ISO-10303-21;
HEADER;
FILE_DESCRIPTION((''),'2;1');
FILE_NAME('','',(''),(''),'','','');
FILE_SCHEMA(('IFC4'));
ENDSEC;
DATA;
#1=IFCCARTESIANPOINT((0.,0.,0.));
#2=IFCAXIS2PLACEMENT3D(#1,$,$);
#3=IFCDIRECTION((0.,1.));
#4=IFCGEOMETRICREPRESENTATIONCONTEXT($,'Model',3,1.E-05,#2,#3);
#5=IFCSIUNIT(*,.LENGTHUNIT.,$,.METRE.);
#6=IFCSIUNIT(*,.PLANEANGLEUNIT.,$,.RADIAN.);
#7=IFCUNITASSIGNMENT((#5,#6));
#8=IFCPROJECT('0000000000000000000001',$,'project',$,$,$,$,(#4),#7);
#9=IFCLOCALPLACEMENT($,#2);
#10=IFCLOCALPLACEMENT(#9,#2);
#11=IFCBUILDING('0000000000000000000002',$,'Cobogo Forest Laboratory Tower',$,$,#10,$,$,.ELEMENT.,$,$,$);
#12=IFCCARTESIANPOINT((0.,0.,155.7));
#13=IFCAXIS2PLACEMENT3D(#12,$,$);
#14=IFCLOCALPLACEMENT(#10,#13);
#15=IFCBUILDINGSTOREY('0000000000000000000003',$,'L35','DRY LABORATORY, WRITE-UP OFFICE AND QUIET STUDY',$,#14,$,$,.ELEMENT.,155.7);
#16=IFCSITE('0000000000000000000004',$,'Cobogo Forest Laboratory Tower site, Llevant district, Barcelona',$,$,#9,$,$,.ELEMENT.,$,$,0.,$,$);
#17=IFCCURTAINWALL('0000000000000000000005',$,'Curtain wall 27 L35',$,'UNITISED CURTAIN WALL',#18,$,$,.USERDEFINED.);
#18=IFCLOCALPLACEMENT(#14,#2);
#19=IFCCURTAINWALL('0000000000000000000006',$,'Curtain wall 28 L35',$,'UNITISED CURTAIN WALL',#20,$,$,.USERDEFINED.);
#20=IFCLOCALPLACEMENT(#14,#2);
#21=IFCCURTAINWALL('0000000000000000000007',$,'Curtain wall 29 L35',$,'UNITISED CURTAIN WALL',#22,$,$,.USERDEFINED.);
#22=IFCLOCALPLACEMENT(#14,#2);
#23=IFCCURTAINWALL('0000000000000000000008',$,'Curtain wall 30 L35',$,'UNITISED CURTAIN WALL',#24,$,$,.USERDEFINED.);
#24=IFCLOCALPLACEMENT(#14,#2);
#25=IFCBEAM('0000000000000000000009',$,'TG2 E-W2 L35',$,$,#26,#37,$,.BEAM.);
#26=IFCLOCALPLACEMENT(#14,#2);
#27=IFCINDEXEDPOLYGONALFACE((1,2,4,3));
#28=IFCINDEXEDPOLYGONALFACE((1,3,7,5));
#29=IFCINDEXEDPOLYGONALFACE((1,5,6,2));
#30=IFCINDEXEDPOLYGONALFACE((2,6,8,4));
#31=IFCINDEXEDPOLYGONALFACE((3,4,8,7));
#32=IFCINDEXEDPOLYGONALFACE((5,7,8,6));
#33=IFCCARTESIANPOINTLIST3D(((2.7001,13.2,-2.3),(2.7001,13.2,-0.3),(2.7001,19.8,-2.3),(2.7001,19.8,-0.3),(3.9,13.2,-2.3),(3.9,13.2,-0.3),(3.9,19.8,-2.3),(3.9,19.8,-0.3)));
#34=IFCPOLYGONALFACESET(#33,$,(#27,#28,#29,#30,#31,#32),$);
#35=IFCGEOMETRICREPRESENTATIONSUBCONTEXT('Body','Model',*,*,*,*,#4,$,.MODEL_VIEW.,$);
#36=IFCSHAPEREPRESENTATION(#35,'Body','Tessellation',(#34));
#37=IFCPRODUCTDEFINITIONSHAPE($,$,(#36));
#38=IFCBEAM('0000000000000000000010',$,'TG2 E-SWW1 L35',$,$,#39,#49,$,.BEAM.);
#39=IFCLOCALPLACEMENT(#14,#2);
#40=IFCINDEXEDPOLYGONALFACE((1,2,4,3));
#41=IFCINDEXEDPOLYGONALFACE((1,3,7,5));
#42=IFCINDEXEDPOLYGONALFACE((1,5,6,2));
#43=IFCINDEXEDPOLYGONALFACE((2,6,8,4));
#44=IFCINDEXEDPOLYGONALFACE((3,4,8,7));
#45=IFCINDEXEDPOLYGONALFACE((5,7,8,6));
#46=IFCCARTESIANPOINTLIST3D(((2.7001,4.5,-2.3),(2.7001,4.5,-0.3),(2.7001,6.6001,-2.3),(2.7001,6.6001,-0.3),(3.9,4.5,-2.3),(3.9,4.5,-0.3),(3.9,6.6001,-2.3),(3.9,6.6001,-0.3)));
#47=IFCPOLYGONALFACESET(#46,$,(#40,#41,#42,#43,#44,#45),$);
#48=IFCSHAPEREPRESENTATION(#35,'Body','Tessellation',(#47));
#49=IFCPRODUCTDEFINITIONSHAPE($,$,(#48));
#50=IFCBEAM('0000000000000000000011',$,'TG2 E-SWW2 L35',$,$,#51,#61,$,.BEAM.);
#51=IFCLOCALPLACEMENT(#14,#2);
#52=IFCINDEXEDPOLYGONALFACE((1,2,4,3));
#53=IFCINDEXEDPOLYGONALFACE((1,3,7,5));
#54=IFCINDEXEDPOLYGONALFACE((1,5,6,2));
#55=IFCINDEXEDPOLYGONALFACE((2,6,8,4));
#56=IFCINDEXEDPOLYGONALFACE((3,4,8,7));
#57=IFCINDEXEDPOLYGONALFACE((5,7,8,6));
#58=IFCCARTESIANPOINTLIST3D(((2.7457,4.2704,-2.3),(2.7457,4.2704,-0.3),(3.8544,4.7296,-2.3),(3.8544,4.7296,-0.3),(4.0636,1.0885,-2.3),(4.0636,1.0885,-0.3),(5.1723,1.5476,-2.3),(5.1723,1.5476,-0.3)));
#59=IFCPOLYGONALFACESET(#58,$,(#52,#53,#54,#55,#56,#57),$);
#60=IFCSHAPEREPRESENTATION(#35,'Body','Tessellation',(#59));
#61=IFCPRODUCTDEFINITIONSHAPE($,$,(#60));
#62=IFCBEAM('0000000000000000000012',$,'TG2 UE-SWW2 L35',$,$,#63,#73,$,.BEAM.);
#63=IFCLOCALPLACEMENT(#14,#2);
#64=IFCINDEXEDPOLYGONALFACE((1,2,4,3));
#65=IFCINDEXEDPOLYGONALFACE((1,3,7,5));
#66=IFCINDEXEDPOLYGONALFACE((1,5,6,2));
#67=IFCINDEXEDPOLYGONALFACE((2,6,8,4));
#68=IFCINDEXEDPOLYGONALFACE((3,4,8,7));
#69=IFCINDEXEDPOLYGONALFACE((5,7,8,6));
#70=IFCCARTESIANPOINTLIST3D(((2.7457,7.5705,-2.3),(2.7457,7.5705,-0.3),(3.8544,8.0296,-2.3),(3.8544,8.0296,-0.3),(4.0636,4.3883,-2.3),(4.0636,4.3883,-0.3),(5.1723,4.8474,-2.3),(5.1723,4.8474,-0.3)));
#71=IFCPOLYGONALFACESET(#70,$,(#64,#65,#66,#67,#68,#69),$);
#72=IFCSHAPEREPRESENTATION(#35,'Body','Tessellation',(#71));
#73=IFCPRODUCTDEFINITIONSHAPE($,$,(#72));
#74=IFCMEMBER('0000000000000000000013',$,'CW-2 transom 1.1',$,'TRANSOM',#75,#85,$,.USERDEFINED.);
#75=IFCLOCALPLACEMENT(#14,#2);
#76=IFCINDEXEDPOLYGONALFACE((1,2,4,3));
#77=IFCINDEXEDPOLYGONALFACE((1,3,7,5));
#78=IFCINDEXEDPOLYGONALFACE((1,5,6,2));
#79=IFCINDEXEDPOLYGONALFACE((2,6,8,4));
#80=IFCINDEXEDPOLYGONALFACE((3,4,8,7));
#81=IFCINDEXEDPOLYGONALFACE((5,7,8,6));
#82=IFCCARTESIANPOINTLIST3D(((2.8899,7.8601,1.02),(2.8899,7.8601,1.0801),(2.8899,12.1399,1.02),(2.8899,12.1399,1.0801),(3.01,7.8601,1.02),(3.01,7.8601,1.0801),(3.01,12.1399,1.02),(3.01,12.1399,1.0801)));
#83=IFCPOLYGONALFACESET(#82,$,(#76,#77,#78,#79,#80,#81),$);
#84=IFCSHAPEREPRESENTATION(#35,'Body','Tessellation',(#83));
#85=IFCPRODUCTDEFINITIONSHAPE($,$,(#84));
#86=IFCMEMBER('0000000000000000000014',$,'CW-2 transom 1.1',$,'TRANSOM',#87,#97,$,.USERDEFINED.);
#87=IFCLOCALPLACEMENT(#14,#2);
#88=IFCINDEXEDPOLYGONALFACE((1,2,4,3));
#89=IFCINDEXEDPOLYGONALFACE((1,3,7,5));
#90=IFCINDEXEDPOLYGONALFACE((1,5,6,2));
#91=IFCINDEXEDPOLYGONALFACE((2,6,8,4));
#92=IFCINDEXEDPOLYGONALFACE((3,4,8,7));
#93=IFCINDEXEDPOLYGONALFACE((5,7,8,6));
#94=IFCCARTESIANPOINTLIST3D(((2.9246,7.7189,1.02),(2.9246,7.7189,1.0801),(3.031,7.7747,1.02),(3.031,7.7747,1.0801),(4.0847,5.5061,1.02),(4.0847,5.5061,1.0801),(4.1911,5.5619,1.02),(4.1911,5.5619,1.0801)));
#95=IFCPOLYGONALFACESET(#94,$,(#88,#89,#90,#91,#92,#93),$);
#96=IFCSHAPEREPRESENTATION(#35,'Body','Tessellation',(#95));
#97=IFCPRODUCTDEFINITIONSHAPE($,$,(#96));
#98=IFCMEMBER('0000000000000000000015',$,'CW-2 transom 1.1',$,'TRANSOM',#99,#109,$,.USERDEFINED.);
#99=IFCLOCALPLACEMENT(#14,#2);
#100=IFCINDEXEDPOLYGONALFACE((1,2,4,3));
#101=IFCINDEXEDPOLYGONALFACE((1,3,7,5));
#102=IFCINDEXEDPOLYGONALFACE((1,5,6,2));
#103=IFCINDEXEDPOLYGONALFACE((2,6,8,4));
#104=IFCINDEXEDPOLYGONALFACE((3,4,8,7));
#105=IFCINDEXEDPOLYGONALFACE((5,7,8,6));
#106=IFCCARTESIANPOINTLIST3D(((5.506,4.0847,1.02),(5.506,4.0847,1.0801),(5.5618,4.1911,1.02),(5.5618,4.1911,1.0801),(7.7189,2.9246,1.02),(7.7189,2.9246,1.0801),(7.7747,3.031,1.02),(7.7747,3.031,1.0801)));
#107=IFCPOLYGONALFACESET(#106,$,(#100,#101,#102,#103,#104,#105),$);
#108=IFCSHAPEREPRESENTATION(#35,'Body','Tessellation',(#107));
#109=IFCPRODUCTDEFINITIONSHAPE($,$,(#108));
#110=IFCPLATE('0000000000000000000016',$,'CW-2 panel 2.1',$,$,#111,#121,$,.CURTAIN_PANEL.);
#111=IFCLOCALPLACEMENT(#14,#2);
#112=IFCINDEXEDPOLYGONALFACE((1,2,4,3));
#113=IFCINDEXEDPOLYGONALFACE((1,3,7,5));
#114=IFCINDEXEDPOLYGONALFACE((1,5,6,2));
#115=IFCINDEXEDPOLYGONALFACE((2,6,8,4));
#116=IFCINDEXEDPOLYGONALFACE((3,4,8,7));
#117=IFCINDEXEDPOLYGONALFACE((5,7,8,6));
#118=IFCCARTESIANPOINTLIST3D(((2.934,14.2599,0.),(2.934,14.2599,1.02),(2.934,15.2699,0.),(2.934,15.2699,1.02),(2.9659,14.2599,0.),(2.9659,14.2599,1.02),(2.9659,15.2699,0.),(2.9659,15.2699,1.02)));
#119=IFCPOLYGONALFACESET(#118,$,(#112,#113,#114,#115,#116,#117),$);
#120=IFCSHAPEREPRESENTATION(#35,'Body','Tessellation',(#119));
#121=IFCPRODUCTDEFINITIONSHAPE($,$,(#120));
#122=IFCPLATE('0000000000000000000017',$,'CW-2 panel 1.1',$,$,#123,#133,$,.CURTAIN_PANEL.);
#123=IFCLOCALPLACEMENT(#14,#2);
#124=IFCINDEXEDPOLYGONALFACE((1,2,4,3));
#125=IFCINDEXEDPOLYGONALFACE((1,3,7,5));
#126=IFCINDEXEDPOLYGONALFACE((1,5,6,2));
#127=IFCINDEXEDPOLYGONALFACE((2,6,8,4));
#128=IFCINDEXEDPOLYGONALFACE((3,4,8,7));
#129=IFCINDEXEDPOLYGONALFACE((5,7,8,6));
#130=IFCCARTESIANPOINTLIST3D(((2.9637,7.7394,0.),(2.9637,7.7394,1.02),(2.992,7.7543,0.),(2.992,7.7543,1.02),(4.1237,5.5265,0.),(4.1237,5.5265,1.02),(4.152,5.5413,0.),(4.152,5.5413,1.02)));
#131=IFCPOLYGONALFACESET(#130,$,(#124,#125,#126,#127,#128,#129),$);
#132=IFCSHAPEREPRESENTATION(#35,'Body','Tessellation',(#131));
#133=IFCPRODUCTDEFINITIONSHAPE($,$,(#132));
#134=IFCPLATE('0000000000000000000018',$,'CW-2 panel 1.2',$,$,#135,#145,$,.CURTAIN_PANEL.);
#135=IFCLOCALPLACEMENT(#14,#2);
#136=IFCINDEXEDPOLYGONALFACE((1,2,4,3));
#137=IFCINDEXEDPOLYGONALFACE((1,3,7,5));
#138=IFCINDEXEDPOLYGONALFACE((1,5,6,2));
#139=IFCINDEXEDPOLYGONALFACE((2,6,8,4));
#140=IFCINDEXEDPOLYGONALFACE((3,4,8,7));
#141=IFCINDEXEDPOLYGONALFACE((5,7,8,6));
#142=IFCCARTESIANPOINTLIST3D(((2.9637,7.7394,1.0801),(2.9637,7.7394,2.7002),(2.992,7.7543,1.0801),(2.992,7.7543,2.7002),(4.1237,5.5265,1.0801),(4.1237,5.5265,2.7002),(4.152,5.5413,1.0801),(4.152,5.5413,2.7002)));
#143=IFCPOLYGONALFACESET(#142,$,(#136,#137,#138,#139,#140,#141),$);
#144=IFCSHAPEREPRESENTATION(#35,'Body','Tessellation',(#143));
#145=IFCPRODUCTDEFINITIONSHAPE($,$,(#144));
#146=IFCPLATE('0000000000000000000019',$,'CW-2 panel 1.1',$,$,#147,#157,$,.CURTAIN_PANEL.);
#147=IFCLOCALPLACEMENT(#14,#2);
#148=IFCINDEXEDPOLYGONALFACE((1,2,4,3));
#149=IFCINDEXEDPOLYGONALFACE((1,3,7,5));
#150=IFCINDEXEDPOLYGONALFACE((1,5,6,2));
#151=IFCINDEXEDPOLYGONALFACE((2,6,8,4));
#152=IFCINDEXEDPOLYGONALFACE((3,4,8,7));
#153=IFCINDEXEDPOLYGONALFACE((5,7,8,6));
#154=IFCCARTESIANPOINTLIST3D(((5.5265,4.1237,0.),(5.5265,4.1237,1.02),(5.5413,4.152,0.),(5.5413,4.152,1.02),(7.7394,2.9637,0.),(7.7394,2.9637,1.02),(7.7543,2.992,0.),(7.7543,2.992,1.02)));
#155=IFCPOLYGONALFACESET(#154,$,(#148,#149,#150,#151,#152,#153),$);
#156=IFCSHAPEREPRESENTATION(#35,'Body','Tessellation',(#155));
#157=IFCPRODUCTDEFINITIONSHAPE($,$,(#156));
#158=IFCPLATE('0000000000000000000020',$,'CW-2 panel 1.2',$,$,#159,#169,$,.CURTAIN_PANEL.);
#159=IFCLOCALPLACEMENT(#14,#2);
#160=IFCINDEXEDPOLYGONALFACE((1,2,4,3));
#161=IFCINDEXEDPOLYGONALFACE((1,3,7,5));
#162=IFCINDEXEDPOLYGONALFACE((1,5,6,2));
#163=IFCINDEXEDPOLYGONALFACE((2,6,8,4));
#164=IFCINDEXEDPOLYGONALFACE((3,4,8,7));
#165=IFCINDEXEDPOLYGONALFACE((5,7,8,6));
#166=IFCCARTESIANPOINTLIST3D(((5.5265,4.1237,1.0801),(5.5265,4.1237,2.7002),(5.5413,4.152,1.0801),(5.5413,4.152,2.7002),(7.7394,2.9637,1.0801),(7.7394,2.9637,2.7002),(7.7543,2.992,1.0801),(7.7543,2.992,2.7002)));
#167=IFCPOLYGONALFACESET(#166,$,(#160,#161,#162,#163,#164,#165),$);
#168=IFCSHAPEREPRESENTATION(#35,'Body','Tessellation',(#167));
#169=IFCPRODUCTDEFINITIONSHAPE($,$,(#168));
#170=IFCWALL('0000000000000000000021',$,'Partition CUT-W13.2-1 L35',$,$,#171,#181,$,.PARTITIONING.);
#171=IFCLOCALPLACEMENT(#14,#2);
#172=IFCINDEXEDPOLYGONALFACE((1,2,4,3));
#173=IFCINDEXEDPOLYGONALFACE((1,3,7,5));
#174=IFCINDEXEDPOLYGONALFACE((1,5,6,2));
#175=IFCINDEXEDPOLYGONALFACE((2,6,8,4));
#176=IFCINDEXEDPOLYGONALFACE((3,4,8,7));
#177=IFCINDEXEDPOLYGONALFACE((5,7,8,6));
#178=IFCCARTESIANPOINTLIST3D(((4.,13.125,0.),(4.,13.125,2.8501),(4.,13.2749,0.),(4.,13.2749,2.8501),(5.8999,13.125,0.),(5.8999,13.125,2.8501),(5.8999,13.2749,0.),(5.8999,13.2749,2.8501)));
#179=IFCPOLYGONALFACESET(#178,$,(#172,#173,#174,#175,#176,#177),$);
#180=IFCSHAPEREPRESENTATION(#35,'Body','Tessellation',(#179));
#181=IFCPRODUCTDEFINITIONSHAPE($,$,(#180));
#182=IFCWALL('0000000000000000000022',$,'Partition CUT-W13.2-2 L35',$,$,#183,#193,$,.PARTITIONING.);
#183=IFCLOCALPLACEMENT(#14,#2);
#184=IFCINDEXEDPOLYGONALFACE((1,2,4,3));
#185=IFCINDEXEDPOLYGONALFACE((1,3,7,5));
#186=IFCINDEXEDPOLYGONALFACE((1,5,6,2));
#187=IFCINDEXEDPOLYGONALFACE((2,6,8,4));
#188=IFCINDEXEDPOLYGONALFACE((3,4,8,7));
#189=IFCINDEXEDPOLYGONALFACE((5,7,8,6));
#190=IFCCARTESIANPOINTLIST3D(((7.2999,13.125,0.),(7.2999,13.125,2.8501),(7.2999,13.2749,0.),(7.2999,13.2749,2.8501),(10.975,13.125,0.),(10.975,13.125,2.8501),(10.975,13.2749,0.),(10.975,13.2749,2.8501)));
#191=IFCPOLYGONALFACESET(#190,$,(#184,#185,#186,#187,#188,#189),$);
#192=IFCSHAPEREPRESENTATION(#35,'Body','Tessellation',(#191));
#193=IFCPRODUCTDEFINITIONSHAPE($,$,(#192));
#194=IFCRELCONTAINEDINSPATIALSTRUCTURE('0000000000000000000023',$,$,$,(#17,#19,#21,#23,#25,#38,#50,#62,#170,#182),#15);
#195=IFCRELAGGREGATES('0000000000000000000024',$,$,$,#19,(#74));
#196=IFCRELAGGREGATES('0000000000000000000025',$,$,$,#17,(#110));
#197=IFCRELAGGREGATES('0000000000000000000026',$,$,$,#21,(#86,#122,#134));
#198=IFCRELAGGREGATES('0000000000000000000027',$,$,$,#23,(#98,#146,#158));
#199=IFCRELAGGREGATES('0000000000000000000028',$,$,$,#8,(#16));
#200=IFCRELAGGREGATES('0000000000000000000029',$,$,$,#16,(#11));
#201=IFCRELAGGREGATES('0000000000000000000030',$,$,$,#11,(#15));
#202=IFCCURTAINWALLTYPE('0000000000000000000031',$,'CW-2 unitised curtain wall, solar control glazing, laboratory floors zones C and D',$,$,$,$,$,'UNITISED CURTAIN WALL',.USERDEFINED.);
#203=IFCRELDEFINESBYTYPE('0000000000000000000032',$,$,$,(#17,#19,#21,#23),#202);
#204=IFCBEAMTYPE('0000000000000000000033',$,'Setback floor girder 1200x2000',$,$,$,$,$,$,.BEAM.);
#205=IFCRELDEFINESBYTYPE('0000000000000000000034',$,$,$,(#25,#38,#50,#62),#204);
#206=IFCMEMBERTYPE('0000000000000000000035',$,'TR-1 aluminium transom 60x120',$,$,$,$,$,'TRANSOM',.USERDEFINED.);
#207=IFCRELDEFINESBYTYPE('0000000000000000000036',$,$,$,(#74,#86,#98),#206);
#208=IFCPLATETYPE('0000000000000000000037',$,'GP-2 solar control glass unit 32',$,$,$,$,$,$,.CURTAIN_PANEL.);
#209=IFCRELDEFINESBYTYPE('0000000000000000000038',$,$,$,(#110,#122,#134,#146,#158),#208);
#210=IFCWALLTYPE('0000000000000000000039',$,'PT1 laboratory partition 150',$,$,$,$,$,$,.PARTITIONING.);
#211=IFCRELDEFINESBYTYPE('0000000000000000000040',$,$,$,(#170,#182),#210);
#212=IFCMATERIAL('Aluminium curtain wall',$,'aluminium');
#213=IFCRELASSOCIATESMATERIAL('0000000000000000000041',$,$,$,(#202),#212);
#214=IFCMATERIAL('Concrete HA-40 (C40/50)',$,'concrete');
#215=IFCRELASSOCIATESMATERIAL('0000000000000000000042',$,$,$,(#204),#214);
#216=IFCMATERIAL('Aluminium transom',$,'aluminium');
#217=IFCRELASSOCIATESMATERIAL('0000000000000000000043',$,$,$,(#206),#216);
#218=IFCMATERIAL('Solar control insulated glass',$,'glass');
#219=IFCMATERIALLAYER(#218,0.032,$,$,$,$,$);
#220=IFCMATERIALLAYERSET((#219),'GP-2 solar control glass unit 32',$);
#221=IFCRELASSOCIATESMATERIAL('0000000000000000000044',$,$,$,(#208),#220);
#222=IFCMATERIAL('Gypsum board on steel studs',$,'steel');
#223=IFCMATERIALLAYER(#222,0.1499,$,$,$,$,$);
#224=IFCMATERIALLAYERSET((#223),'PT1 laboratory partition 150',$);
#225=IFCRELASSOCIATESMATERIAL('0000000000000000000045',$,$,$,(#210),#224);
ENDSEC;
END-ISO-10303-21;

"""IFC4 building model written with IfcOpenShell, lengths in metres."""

from ifc_helpers import new_model, si_unit, direction, frame, frame_2d, origin, origin_2d, place, context, subcontext, project, spatial, rectangle, extrude, material, layer, layer_set, material_profile, profile_set, type_object, element, aggregate, save


model = new_model("IFC4")

# Units and contexts
model_context = context("Model", 3, precision=1e-05, world=origin(), true_north=direction((0.0, 1.0)))
body_context = subcontext(model_context, "Body", "Model", "MODEL_VIEW")
ifc_project = project(units=[si_unit("LENGTHUNIT", "METRE"), si_unit("PLANEANGLEUNIT", "RADIAN")], contexts=[model_context])

# Site, building, storey
site_placement = place(None, origin())
site = spatial("IfcSite", under=ifc_project, at=site_placement, Name="Cobogo Forest Laboratory Tower site, Llevant district, Barcelona", CompositionType="ELEMENT", RefElevation=0.0)
building_placement = place(site_placement, origin())
building = spatial("IfcBuilding", under=site, at=building_placement, Name="Cobogo Forest Laboratory Tower", CompositionType="ELEMENT")
storey_placement = place(building_placement, frame((0.0, 0.0, 155.7)))
storey = spatial("IfcBuildingStorey", under=building, at=storey_placement, Name="L35", Description="DRY LABORATORY, WRITE-UP OFFICE AND QUIET STUDY", CompositionType="ELEMENT", Elevation=155.7)

# Curtain walls
ifc_material_1 = material(Name="Aluminium curtain wall", Category="aluminium")
curtain_wall_type = type_object("IfcCurtainWallType", Name="CW-2 unitised curtain wall, solar control glazing, laboratory floors zones C and D", ElementType="UNITISED CURTAIN WALL", PredefinedType="USERDEFINED", material=ifc_material_1)
curtain_wall_1_placement = place(storey_placement, origin())
curtain_wall_1 = element("IfcCurtainWall", 1, at=curtain_wall_1_placement, inside=storey, type_object=curtain_wall_type, Name="Curtain wall 27 L35", ObjectType="UNITISED CURTAIN WALL", PredefinedType="USERDEFINED")
curtain_wall_2_placement = place(storey_placement, origin())
curtain_wall_2 = element("IfcCurtainWall", 2, at=curtain_wall_2_placement, inside=storey, type_object=curtain_wall_type, Name="Curtain wall 28 L35", ObjectType="UNITISED CURTAIN WALL", PredefinedType="USERDEFINED")

# Curtain wall
curtain_wall_3_placement = place(storey_placement, origin())
curtain_wall_3 = element("IfcCurtainWall", 3, at=curtain_wall_3_placement, inside=storey, type_object=curtain_wall_type, Name="Curtain wall 29 L35", ObjectType="UNITISED CURTAIN WALL", PredefinedType="USERDEFINED")

# Curtain wall
curtain_wall_4_placement = place(storey_placement, origin())
curtain_wall_4 = element("IfcCurtainWall", 4, at=curtain_wall_4_placement, inside=storey, type_object=curtain_wall_type, Name="Curtain wall 30 L35", ObjectType="UNITISED CURTAIN WALL", PredefinedType="USERDEFINED")

# Beams
ifc_material_2 = material(Name="Concrete HA-40 (C40/50)", Category="concrete")
ifc_material_profile_1 = material_profile(ifc_material_2, rectangle(XDim=1.2, YDim=2.0, at=origin_2d()), Name="RC 1200x2000")
ifc_profile_set_1 = profile_set([ifc_material_profile_1], Name="Concrete HA-40 (C40/50)")
beam_type = type_object("IfcBeamType", Name="Setback floor girder 1200x2000", PredefinedType="BEAM", material=ifc_profile_set_1)
beam_1_placement = place(storey_placement, frame((3.3, 13.2, -1.3), z_axis=(0.0, 1.0, 0.0), x_axis=(-1.0, 0.0, 0.0)))
element("IfcBeam", 5, at=beam_1_placement, inside=storey, type_object=beam_type, Name="TG2 E-W2 L35", PredefinedType="BEAM", context=body_context, shape_type="SweptSolid", body=[
    extrude(rectangle(XDim=1.2, YDim=2.0, at=origin_2d()), origin(), (0.0, 0.0, 1.0), 6.6001),
])
beam_2_placement = place(storey_placement, frame((3.3, 6.6001, -1.3), z_axis=(0.0, -1.0, 0.0), x_axis=(1.0, 0.0, 0.0)))
element("IfcBeam", 6, at=beam_2_placement, inside=storey, type_object=beam_type, Name="TG2 E-SWW1 L35", PredefinedType="BEAM", context=body_context, shape_type="SweptSolid", body=[
    extrude(rectangle(XDim=1.2, YDim=2.0, at=origin_2d()), origin(), (0.0, 0.0, 1.0), 2.1001),
])
beam_3_placement = place(storey_placement, frame((3.3, 4.5, -1.3), z_axis=(0.382656, -0.923891, 0.0), x_axis=(0.923891, 0.382656, 0.0)))
element("IfcBeam", 7, at=beam_3_placement, inside=storey, type_object=beam_type, Name="TG2 E-SWW2 L35", PredefinedType="BEAM", context=body_context, shape_type="SweptSolid", body=[
    extrude(rectangle(XDim=1.2, YDim=2.0, at=origin_2d()), origin(), (0.0, 0.0, 1.0), 3.4441),
])
beam_4_placement = place(storey_placement, frame((3.3, 7.8, -1.3), z_axis=(0.382631, -0.923901, 0.0), x_axis=(0.923901, 0.382631, 0.0)))
element("IfcBeam", 8, at=beam_4_placement, inside=storey, type_object=beam_type, Name="TG2 UE-SWW2 L35", PredefinedType="BEAM", context=body_context, shape_type="SweptSolid", body=[
    extrude(rectangle(XDim=1.2, YDim=2.0, at=origin_2d()), origin(), (0.0, 0.0, 1.0), 3.4443),
])

# Members
ifc_material_3 = material(Name="Aluminium transom", Category="aluminium")
ifc_material_profile_2 = material_profile(ifc_material_3, rectangle(XDim=0.1201, YDim=0.0601, at=origin_2d()), Name="AL 60x120")
ifc_profile_set_2 = profile_set([ifc_material_profile_2], Name="Aluminium transom")
member_type_1 = type_object("IfcMemberType", Name="TR-1 aluminium transom 60x120", ElementType="TRANSOM", PredefinedType="USERDEFINED", material=ifc_profile_set_2)
member_1_placement = place(storey_placement, frame((2.95, 12.1399, 1.05), z_axis=(0.0, -1.0, 0.0), x_axis=(1.0, 0.0, 0.0)))
member_1 = element("IfcMember", 9, at=member_1_placement, type_object=member_type_1, Name="CW-2 transom 1.1", ObjectType="TRANSOM", PredefinedType="USERDEFINED", context=body_context, shape_type="SweptSolid", body=[
    extrude(rectangle(XDim=0.1201, YDim=0.0601, at=origin_2d()), origin(), (0.0, 0.0, 1.0), 4.2798),
])
aggregate(curtain_wall_2, [member_1])
member_2_placement = place(storey_placement, frame((2.9778, 7.7468, 1.05), z_axis=(0.464328, -0.885663, 0.0), x_axis=(0.885663, 0.464328, 0.0)))
member_2 = element("IfcMember", 10, at=member_2_placement, type_object=member_type_1, Name="CW-2 transom 1.1", ObjectType="TRANSOM", PredefinedType="USERDEFINED", context=body_context, shape_type="SweptSolid", body=[
    extrude(rectangle(XDim=0.1201, YDim=0.0601, at=origin_2d()), origin(), (0.0, 0.0, 1.0), 2.4985),
])
member_3_placement = place(storey_placement, frame((5.5339, 4.1379, 1.05), z_axis=(0.885663, -0.464328, 0.0), x_axis=(0.464328, 0.885663, 0.0)))
member_3 = element("IfcMember", 11, at=member_3_placement, type_object=member_type_1, Name="CW-2 transom 1.1", ObjectType="TRANSOM", PredefinedType="USERDEFINED", context=body_context, shape_type="SweptSolid", body=[
    extrude(rectangle(XDim=0.1201, YDim=0.0601, at=origin_2d()), origin(), (0.0, 0.0, 1.0), 2.4985),
])

# Plates
ifc_material_4 = material(Name="Solar control insulated glass", Category="glass")
ifc_layer_1 = layer(ifc_material_4, 0.032)
ifc_layer_set_1 = layer_set([ifc_layer_1], Name="GP-2 solar control glass unit 32")
plate_type = type_object("IfcPlateType", Name="GP-2 solar control glass unit 32", PredefinedType="CURTAIN_PANEL", material=ifc_layer_set_1)
plate_1_placement = place(storey_placement, frame((2.95, 14.7649, 0.0), z_axis=(0.0, 0.0, 1.0), x_axis=(0.0, -1.0, 0.0)))
plate_1 = element("IfcPlate", 12, at=plate_1_placement, type_object=plate_type, Name="CW-2 panel 2.1", PredefinedType="CURTAIN_PANEL", context=body_context, shape_type="SweptSolid", body=[
    extrude(rectangle(XDim=1.01, YDim=0.032, at=origin_2d()), origin(), (0.0, 0.0, 1.0), 1.02),
])
aggregate(curtain_wall_1, [plate_1])
plate_2_placement = place(storey_placement, frame((3.5579, 6.6404, 0.0), z_axis=(0.0, 0.0, 1.0), x_axis=(0.464284, -0.885687, 0.0)))
plate_2 = element("IfcPlate", 13, at=plate_2_placement, type_object=plate_type, Name="CW-2 panel 1.1", PredefinedType="CURTAIN_PANEL", context=body_context, shape_type="SweptSolid", body=[
    extrude(rectangle(XDim=2.4985, YDim=0.032, at=origin_2d()), origin(), (0.0, 0.0, 1.0), 1.02),
])
plate_3_placement = place(storey_placement, frame((3.5579, 6.6404, 1.0801), z_axis=(0.0, 0.0, 1.0), x_axis=(0.464284, -0.885687, 0.0)))
plate_3 = element("IfcPlate", 14, at=plate_3_placement, type_object=plate_type, Name="CW-2 panel 1.2", PredefinedType="CURTAIN_PANEL", context=body_context, shape_type="SweptSolid", body=[
    extrude(rectangle(XDim=2.4985, YDim=0.032, at=origin_2d()), origin(), (0.0, 0.0, 1.0), 1.6201),
])
aggregate(curtain_wall_3, [member_2, plate_2, plate_3])
plate_4_placement = place(storey_placement, frame((6.6404, 3.5579, 0.0), z_axis=(0.0, 0.0, 1.0), x_axis=(0.885687, -0.464284, 0.0)))
plate_4 = element("IfcPlate", 15, at=plate_4_placement, type_object=plate_type, Name="CW-2 panel 1.1", PredefinedType="CURTAIN_PANEL", context=body_context, shape_type="SweptSolid", body=[
    extrude(rectangle(XDim=2.4985, YDim=0.032, at=origin_2d()), origin(), (0.0, 0.0, 1.0), 1.02),
])
plate_5_placement = place(storey_placement, frame((6.6404, 3.5579, 1.0801), z_axis=(0.0, 0.0, 1.0), x_axis=(0.885687, -0.464284, 0.0)))
plate_5 = element("IfcPlate", 16, at=plate_5_placement, type_object=plate_type, Name="CW-2 panel 1.2", PredefinedType="CURTAIN_PANEL", context=body_context, shape_type="SweptSolid", body=[
    extrude(rectangle(XDim=2.4985, YDim=0.032, at=origin_2d()), origin(), (0.0, 0.0, 1.0), 1.6201),
])
aggregate(curtain_wall_4, [member_3, plate_4, plate_5])

# Walls
ifc_material_5 = material(Name="Gypsum board on steel studs", Category="steel")
ifc_layer_2 = layer(ifc_material_5, 0.1499)
ifc_layer_set_2 = layer_set([ifc_layer_2], Name="PT1 laboratory partition 150")
wall_type = type_object("IfcWallType", Name="PT1 laboratory partition 150", PredefinedType="PARTITIONING", material=ifc_layer_set_2)
wall_1_placement = place(storey_placement, frame((4.0, 13.2, 0.0), z_axis=(0.0, 0.0, 1.0), x_axis=(1.0, 0.0, 0.0)))
element("IfcWall", 17, at=wall_1_placement, inside=storey, type_object=wall_type, Name="Partition CUT-W13.2-1 L35", PredefinedType="PARTITIONING", context=body_context, shape_type="SweptSolid", body=[
    extrude(rectangle(XDim=1.8999, YDim=0.1499, at=frame_2d((0.95, 0.0))), origin(), (0.0, 0.0, 1.0), 2.8501),
])
wall_2_placement = place(storey_placement, frame((7.3, 13.2, 0.0), z_axis=(0.0, 0.0, 1.0), x_axis=(1.0, 0.0, 0.0)))
element("IfcWall", 18, at=wall_2_placement, inside=storey, type_object=wall_type, Name="Partition CUT-W13.2-2 L35", PredefinedType="PARTITIONING", context=body_context, shape_type="SweptSolid", body=[
    extrude(rectangle(XDim=3.675, YDim=0.1499, at=frame_2d((1.8374, 0.0))), origin(), (0.0, 0.0, 1.0), 2.8501),
])

save(model, "model.ifc")
